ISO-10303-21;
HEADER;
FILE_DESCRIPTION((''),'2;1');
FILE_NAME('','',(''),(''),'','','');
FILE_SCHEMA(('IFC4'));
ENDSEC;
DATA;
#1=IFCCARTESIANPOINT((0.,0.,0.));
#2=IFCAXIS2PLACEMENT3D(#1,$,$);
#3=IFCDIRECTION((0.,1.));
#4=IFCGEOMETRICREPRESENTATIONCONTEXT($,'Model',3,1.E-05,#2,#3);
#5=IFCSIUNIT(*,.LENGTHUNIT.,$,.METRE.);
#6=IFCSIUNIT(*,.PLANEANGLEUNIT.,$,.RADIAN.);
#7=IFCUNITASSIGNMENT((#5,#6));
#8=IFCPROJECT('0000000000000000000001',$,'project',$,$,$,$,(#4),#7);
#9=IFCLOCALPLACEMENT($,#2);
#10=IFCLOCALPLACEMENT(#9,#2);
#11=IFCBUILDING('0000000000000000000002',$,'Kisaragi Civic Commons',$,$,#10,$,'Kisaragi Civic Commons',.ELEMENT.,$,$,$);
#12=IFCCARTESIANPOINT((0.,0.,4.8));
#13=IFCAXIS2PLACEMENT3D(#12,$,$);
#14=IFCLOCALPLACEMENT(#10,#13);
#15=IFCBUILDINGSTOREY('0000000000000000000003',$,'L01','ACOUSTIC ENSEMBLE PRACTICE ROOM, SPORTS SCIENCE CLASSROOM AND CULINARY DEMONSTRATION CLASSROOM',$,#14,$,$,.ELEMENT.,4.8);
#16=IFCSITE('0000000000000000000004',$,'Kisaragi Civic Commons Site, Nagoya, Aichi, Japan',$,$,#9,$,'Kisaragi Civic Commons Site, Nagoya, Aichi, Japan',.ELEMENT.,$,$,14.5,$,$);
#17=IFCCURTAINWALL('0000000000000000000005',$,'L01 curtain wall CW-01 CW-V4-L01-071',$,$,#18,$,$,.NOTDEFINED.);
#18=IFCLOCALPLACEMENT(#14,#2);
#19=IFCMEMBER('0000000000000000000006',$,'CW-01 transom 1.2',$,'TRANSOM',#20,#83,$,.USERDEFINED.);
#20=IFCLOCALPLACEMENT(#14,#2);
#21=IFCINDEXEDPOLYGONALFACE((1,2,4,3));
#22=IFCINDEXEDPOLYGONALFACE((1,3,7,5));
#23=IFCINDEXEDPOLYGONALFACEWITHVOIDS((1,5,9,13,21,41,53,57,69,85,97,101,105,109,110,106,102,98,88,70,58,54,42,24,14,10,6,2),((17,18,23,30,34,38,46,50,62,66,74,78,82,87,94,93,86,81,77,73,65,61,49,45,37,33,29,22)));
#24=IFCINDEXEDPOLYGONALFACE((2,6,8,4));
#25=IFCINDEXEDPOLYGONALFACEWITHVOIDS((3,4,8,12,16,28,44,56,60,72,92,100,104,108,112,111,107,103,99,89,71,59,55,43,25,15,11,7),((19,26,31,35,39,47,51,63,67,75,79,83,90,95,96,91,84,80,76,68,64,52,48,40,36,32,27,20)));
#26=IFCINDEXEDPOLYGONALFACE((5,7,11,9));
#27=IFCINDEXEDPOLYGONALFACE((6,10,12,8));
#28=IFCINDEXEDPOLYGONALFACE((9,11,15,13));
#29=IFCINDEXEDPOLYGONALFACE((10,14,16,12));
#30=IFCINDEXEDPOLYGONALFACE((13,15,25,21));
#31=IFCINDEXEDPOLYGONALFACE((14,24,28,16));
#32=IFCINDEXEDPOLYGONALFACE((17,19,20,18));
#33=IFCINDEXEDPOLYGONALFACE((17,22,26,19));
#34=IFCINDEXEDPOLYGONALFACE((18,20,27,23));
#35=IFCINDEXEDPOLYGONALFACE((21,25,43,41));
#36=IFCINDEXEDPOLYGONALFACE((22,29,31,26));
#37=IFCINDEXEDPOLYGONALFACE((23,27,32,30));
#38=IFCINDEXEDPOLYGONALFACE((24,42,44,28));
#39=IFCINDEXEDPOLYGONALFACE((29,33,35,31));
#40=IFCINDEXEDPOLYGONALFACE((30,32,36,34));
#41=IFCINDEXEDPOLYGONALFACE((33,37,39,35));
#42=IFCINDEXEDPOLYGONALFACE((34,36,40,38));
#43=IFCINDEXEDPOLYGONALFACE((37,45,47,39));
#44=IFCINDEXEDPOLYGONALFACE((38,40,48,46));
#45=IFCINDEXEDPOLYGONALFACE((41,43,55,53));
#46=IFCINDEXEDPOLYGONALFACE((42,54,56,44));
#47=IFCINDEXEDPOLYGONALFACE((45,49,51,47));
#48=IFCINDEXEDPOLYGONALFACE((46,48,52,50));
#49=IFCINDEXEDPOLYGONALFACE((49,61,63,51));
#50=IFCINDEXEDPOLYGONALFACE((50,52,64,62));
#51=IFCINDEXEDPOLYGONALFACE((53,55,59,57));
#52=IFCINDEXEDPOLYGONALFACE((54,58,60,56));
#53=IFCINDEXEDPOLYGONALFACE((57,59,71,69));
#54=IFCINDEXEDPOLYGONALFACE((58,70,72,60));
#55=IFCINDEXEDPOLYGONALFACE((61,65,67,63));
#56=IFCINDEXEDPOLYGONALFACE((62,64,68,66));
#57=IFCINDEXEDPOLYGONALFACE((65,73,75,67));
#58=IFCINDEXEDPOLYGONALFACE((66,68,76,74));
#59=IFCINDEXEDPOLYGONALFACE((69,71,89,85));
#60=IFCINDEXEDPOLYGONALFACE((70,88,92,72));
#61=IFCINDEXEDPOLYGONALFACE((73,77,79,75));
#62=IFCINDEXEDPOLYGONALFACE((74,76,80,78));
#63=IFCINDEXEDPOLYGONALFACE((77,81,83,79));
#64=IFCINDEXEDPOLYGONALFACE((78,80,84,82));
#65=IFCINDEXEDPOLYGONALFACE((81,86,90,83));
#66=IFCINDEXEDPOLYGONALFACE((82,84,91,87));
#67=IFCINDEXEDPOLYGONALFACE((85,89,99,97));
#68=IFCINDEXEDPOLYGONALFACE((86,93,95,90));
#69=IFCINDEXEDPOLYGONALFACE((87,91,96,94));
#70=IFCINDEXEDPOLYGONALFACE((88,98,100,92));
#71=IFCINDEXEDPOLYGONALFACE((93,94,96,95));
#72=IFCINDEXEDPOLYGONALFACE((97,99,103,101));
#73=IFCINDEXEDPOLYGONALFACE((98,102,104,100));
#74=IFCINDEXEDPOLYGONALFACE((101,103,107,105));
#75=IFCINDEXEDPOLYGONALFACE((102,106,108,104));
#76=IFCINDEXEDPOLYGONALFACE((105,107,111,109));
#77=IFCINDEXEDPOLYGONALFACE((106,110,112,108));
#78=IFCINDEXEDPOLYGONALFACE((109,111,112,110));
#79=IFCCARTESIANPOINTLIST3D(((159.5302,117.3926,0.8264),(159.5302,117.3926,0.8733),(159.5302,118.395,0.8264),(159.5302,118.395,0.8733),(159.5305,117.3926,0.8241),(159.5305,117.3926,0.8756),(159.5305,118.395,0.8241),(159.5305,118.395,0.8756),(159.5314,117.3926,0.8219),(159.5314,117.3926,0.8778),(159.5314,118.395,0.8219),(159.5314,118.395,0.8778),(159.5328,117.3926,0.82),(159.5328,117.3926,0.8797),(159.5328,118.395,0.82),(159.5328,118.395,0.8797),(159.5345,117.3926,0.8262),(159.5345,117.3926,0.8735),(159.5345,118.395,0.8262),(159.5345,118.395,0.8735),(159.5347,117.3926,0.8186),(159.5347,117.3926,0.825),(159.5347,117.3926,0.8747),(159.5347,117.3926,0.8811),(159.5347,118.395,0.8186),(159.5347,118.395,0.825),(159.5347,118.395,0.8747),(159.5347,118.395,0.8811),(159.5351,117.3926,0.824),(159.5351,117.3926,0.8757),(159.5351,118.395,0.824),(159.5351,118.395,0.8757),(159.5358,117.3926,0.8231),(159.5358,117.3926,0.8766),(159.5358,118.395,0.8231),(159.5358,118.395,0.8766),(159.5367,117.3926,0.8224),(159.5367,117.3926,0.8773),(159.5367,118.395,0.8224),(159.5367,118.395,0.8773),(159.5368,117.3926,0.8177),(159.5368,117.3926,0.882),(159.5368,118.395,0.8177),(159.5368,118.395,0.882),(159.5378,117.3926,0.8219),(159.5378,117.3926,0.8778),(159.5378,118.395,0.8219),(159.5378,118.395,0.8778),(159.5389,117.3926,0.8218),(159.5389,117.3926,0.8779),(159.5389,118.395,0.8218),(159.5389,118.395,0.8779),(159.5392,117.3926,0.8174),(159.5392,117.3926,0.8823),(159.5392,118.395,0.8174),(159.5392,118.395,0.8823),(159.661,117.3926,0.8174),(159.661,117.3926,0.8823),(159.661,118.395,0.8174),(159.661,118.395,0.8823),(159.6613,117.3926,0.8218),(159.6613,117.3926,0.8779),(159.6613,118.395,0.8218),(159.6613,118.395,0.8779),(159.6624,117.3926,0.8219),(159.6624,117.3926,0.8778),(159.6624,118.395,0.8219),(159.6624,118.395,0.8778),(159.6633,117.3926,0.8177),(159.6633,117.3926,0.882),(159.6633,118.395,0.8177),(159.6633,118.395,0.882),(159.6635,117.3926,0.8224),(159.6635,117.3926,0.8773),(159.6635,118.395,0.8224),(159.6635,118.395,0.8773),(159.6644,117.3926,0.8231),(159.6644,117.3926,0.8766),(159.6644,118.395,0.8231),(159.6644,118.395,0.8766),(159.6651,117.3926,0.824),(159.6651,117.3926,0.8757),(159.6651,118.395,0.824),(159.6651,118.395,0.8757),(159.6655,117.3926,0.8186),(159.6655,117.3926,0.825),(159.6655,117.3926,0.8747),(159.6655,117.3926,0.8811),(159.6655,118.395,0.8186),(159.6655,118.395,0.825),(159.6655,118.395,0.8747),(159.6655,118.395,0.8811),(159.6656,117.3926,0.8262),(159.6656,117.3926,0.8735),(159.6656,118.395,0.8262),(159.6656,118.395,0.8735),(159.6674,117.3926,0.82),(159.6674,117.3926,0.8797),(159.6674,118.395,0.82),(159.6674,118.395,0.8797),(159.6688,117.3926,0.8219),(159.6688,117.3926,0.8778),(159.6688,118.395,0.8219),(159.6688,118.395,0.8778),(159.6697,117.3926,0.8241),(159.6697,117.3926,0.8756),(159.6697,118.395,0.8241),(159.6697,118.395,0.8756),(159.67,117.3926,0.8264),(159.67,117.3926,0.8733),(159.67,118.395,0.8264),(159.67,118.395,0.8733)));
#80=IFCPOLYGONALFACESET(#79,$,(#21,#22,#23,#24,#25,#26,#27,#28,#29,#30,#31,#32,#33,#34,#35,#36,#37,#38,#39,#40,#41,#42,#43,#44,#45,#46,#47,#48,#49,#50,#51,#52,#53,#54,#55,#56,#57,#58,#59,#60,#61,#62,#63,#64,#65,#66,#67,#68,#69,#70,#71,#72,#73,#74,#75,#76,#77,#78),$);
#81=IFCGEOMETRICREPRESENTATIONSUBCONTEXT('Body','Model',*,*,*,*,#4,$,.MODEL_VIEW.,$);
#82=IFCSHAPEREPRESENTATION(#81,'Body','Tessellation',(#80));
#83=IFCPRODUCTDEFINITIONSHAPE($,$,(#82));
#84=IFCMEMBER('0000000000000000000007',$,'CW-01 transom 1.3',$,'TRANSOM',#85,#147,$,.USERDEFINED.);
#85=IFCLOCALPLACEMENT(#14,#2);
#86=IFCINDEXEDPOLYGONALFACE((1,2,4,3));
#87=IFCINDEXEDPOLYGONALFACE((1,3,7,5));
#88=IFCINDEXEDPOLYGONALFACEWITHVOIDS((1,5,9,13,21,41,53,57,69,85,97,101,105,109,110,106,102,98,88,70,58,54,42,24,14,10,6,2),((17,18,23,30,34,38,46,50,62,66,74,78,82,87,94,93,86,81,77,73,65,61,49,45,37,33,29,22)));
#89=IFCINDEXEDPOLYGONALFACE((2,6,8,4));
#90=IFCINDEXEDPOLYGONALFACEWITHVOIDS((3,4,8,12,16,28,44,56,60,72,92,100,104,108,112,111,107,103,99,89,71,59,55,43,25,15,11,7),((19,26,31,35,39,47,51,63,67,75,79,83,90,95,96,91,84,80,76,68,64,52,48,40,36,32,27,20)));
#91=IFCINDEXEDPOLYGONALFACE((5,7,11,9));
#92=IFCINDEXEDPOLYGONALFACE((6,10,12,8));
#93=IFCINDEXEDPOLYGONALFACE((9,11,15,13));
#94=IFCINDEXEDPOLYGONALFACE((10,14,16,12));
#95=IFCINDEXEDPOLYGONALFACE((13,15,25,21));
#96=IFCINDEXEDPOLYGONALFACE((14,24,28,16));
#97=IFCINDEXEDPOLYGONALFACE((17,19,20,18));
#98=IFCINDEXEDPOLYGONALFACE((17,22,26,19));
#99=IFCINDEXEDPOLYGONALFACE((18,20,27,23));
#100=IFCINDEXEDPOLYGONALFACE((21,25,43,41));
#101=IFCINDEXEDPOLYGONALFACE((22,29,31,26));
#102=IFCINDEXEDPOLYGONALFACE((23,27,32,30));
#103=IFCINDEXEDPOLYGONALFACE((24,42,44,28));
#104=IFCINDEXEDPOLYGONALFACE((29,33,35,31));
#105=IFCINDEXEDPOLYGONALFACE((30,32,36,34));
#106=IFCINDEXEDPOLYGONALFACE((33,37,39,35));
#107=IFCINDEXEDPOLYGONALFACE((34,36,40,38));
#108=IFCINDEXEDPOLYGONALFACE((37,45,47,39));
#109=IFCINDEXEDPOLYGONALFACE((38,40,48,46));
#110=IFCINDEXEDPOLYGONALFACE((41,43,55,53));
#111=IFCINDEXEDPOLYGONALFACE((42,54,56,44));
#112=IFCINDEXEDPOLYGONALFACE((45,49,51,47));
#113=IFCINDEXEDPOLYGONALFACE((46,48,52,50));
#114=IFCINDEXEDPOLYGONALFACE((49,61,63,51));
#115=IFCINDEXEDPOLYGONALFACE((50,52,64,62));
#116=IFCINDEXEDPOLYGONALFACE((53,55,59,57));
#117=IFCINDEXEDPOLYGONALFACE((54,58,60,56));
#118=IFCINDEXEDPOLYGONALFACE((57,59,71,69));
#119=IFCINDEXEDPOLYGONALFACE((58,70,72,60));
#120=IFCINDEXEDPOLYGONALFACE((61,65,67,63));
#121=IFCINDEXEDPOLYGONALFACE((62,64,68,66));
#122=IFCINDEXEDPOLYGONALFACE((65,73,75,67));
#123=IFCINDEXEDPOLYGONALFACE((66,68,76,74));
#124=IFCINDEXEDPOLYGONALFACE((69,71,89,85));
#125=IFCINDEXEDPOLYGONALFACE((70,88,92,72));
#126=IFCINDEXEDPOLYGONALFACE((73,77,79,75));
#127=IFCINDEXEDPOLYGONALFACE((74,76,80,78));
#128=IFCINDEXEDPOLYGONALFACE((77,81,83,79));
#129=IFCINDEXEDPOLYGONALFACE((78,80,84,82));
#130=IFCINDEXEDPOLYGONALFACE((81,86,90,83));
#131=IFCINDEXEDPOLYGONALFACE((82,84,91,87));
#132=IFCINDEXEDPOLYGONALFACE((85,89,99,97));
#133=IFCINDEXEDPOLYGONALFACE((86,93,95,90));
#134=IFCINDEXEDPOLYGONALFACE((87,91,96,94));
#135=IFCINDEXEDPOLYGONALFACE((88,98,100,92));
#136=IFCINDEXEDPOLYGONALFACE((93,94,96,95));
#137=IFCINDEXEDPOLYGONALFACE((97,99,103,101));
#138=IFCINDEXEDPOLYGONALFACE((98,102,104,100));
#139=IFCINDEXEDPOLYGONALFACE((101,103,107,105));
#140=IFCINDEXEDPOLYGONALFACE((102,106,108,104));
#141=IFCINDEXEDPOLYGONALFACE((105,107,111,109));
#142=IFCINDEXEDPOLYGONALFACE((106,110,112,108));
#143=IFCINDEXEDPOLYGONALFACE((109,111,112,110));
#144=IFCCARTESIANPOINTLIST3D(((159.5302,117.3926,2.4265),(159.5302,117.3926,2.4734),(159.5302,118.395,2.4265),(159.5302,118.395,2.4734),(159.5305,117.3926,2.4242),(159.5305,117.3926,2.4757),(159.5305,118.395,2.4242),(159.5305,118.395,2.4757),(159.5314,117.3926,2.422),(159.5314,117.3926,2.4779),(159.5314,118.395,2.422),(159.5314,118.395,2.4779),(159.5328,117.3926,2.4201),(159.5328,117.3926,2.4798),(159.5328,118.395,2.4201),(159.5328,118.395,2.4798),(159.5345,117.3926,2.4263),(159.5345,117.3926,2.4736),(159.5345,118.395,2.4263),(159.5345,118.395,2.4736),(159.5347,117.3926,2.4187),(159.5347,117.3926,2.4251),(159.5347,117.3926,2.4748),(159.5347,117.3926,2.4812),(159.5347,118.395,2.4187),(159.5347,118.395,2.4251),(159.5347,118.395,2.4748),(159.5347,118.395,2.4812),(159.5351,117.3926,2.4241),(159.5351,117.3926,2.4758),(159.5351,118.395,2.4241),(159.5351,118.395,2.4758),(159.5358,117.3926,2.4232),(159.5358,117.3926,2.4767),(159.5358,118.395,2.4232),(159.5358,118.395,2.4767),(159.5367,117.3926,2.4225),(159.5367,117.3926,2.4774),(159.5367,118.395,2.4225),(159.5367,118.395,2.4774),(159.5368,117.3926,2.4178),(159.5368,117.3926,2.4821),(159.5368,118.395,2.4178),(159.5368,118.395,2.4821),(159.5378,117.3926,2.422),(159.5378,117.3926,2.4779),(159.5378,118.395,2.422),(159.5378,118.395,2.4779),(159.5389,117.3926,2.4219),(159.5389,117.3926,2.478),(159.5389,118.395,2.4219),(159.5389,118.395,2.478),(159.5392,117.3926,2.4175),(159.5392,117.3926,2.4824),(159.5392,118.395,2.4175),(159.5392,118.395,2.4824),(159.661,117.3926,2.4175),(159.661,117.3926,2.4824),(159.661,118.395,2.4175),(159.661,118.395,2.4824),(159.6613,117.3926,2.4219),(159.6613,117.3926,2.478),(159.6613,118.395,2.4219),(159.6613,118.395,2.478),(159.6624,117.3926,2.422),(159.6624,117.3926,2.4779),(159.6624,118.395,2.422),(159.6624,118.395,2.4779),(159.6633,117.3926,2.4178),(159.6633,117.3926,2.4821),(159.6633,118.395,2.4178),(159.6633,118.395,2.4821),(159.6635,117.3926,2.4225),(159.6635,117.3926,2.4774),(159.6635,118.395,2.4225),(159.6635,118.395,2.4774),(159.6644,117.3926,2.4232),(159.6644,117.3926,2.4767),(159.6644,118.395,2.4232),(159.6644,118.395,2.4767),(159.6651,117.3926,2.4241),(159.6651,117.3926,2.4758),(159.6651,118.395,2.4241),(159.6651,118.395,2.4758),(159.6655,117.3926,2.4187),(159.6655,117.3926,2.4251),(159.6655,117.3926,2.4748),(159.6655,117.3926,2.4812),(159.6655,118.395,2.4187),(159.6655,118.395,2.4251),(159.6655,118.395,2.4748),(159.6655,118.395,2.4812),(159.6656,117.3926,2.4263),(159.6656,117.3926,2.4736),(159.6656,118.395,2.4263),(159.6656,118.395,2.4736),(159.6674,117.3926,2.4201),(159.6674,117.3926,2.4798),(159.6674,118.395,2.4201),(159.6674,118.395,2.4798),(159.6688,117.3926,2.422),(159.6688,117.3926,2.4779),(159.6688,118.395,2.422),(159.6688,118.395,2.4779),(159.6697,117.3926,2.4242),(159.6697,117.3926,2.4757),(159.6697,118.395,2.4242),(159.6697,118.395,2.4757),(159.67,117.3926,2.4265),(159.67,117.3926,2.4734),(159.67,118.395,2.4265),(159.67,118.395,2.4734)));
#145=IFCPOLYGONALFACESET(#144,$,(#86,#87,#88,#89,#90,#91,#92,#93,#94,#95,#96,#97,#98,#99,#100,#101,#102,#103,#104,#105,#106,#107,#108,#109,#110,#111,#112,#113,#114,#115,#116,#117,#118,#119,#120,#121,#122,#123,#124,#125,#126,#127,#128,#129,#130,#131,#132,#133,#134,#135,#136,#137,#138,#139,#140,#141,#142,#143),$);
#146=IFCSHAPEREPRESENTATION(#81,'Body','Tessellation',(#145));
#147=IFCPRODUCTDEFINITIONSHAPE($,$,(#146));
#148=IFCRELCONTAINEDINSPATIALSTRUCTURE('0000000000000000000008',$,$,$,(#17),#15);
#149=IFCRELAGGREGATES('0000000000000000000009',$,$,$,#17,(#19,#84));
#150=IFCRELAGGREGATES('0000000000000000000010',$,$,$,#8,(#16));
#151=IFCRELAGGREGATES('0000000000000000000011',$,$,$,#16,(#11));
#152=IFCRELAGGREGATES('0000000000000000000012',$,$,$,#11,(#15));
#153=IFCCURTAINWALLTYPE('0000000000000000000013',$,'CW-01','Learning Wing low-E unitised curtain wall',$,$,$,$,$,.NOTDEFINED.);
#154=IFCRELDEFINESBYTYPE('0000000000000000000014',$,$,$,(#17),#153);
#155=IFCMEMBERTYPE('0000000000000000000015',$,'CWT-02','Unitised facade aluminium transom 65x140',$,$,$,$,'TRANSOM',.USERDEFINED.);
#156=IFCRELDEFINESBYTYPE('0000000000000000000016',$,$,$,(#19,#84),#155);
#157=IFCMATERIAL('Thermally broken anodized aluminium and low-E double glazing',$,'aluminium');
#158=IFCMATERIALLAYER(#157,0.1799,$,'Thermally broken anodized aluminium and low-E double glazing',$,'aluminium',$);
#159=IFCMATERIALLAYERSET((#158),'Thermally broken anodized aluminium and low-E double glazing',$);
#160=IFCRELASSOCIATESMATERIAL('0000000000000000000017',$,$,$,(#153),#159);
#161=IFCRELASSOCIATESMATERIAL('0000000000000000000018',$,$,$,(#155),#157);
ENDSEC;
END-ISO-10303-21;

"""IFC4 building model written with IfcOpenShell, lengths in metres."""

from ifc_helpers import new_model, si_unit, direction, frame, origin, origin_2d, place, context, subcontext, project, spatial, hollow_rectangle, extrude, material, layer, layer_set, material_profile, profile_set, type_object, element, aggregate, save


model = new_model("IFC4")

# Units and contexts
model_context = context("Model", 3, precision=1e-05, world=origin(), true_north=direction((0.0, 1.0)))
body_context = subcontext(model_context, "Body", "Model", "MODEL_VIEW")
ifc_project = project(units=[si_unit("LENGTHUNIT", "METRE"), si_unit("PLANEANGLEUNIT", "RADIAN")], contexts=[model_context])

# Site, building, storey
site_placement = place(None, origin())
site = spatial("IfcSite", under=ifc_project, at=site_placement, Name="Kisaragi Civic Commons Site, Nagoya, Aichi, Japan", LongName="Kisaragi Civic Commons Site, Nagoya, Aichi, Japan", CompositionType="ELEMENT", RefElevation=14.5)
building_placement = place(site_placement, origin())
building = spatial("IfcBuilding", under=site, at=building_placement, Name="Kisaragi Civic Commons", LongName="Kisaragi Civic Commons", CompositionType="ELEMENT")
storey_placement = place(building_placement, frame((0.0, 0.0, 4.8)))
storey = spatial("IfcBuildingStorey", under=building, at=storey_placement, Name="L01", Description="ACOUSTIC ENSEMBLE PRACTICE ROOM, SPORTS SCIENCE CLASSROOM AND CULINARY DEMONSTRATION CLASSROOM", CompositionType="ELEMENT", Elevation=4.8)

# Curtain wall
ifc_material_1 = material(Name="Thermally broken anodized aluminium and low-E double glazing", Category="aluminium")
ifc_layer_1 = layer(ifc_material_1, 0.1799, Name="Thermally broken anodized aluminium and low-E double glazing", Category="aluminium")
ifc_layer_set_1 = layer_set([ifc_layer_1], Name="Thermally broken anodized aluminium and low-E double glazing")
curtain_wall_type = type_object("IfcCurtainWallType", Name="CW-01", Description="Learning Wing low-E unitised curtain wall", PredefinedType="NOTDEFINED", material=ifc_layer_set_1)
curtain_wall_1_placement = place(storey_placement, origin())
curtain_wall_1 = element("IfcCurtainWall", 1, at=curtain_wall_1_placement, inside=storey, type_object=curtain_wall_type, Name="L01 curtain wall CW-01 CW-V4-L01-071", PredefinedType="NOTDEFINED")

# Members
ifc_material_profile_1 = material_profile(ifc_material_1, hollow_rectangle(XDim=0.1399, YDim=0.0649, WallThickness=0.0044, InnerFilletRadius=0.0044, OuterFilletRadius=0.009, at=origin_2d()), Name="CWT-65x140x4.5", Category="aluminium")
ifc_profile_set_1 = profile_set([ifc_material_profile_1], Name="Thermally broken anodized aluminium and low-E double glazing")
member_type_1 = type_object("IfcMemberType", Name="CWT-02", Description="Unitised facade aluminium transom 65x140", ElementType="TRANSOM", PredefinedType="USERDEFINED", material=ifc_profile_set_1)
member_1_placement = place(storey_placement, frame((159.6001, 118.395, 0.8499), z_axis=(0.0, -1.0, 0.0), x_axis=(1.0, 0.0, 0.0)))
member_1 = element("IfcMember", 2, at=member_1_placement, type_object=member_type_1, Name="CW-01 transom 1.2", ObjectType="TRANSOM", PredefinedType="USERDEFINED", context=body_context, shape_type="SweptSolid", body=[
    extrude(hollow_rectangle(XDim=0.1399, YDim=0.0649, WallThickness=0.0044, InnerFilletRadius=0.0044, OuterFilletRadius=0.009, at=origin_2d()), origin(), (0.0, 0.0, 1.0), 1.0024),
])
member_2_placement = place(storey_placement, frame((159.6001, 118.395, 2.45), z_axis=(0.0, -1.0, 0.0), x_axis=(1.0, 0.0, 0.0)))
member_2 = element("IfcMember", 3, at=member_2_placement, type_object=member_type_1, Name="CW-01 transom 1.3", ObjectType="TRANSOM", PredefinedType="USERDEFINED", context=body_context, shape_type="SweptSolid", body=[
    extrude(hollow_rectangle(XDim=0.1399, YDim=0.0649, WallThickness=0.0044, InnerFilletRadius=0.0044, OuterFilletRadius=0.009, at=origin_2d()), origin(), (0.0, 0.0, 1.0), 1.0024),
])

aggregate(curtain_wall_1, [member_1, member_2])

save(model, "model.ifc")
